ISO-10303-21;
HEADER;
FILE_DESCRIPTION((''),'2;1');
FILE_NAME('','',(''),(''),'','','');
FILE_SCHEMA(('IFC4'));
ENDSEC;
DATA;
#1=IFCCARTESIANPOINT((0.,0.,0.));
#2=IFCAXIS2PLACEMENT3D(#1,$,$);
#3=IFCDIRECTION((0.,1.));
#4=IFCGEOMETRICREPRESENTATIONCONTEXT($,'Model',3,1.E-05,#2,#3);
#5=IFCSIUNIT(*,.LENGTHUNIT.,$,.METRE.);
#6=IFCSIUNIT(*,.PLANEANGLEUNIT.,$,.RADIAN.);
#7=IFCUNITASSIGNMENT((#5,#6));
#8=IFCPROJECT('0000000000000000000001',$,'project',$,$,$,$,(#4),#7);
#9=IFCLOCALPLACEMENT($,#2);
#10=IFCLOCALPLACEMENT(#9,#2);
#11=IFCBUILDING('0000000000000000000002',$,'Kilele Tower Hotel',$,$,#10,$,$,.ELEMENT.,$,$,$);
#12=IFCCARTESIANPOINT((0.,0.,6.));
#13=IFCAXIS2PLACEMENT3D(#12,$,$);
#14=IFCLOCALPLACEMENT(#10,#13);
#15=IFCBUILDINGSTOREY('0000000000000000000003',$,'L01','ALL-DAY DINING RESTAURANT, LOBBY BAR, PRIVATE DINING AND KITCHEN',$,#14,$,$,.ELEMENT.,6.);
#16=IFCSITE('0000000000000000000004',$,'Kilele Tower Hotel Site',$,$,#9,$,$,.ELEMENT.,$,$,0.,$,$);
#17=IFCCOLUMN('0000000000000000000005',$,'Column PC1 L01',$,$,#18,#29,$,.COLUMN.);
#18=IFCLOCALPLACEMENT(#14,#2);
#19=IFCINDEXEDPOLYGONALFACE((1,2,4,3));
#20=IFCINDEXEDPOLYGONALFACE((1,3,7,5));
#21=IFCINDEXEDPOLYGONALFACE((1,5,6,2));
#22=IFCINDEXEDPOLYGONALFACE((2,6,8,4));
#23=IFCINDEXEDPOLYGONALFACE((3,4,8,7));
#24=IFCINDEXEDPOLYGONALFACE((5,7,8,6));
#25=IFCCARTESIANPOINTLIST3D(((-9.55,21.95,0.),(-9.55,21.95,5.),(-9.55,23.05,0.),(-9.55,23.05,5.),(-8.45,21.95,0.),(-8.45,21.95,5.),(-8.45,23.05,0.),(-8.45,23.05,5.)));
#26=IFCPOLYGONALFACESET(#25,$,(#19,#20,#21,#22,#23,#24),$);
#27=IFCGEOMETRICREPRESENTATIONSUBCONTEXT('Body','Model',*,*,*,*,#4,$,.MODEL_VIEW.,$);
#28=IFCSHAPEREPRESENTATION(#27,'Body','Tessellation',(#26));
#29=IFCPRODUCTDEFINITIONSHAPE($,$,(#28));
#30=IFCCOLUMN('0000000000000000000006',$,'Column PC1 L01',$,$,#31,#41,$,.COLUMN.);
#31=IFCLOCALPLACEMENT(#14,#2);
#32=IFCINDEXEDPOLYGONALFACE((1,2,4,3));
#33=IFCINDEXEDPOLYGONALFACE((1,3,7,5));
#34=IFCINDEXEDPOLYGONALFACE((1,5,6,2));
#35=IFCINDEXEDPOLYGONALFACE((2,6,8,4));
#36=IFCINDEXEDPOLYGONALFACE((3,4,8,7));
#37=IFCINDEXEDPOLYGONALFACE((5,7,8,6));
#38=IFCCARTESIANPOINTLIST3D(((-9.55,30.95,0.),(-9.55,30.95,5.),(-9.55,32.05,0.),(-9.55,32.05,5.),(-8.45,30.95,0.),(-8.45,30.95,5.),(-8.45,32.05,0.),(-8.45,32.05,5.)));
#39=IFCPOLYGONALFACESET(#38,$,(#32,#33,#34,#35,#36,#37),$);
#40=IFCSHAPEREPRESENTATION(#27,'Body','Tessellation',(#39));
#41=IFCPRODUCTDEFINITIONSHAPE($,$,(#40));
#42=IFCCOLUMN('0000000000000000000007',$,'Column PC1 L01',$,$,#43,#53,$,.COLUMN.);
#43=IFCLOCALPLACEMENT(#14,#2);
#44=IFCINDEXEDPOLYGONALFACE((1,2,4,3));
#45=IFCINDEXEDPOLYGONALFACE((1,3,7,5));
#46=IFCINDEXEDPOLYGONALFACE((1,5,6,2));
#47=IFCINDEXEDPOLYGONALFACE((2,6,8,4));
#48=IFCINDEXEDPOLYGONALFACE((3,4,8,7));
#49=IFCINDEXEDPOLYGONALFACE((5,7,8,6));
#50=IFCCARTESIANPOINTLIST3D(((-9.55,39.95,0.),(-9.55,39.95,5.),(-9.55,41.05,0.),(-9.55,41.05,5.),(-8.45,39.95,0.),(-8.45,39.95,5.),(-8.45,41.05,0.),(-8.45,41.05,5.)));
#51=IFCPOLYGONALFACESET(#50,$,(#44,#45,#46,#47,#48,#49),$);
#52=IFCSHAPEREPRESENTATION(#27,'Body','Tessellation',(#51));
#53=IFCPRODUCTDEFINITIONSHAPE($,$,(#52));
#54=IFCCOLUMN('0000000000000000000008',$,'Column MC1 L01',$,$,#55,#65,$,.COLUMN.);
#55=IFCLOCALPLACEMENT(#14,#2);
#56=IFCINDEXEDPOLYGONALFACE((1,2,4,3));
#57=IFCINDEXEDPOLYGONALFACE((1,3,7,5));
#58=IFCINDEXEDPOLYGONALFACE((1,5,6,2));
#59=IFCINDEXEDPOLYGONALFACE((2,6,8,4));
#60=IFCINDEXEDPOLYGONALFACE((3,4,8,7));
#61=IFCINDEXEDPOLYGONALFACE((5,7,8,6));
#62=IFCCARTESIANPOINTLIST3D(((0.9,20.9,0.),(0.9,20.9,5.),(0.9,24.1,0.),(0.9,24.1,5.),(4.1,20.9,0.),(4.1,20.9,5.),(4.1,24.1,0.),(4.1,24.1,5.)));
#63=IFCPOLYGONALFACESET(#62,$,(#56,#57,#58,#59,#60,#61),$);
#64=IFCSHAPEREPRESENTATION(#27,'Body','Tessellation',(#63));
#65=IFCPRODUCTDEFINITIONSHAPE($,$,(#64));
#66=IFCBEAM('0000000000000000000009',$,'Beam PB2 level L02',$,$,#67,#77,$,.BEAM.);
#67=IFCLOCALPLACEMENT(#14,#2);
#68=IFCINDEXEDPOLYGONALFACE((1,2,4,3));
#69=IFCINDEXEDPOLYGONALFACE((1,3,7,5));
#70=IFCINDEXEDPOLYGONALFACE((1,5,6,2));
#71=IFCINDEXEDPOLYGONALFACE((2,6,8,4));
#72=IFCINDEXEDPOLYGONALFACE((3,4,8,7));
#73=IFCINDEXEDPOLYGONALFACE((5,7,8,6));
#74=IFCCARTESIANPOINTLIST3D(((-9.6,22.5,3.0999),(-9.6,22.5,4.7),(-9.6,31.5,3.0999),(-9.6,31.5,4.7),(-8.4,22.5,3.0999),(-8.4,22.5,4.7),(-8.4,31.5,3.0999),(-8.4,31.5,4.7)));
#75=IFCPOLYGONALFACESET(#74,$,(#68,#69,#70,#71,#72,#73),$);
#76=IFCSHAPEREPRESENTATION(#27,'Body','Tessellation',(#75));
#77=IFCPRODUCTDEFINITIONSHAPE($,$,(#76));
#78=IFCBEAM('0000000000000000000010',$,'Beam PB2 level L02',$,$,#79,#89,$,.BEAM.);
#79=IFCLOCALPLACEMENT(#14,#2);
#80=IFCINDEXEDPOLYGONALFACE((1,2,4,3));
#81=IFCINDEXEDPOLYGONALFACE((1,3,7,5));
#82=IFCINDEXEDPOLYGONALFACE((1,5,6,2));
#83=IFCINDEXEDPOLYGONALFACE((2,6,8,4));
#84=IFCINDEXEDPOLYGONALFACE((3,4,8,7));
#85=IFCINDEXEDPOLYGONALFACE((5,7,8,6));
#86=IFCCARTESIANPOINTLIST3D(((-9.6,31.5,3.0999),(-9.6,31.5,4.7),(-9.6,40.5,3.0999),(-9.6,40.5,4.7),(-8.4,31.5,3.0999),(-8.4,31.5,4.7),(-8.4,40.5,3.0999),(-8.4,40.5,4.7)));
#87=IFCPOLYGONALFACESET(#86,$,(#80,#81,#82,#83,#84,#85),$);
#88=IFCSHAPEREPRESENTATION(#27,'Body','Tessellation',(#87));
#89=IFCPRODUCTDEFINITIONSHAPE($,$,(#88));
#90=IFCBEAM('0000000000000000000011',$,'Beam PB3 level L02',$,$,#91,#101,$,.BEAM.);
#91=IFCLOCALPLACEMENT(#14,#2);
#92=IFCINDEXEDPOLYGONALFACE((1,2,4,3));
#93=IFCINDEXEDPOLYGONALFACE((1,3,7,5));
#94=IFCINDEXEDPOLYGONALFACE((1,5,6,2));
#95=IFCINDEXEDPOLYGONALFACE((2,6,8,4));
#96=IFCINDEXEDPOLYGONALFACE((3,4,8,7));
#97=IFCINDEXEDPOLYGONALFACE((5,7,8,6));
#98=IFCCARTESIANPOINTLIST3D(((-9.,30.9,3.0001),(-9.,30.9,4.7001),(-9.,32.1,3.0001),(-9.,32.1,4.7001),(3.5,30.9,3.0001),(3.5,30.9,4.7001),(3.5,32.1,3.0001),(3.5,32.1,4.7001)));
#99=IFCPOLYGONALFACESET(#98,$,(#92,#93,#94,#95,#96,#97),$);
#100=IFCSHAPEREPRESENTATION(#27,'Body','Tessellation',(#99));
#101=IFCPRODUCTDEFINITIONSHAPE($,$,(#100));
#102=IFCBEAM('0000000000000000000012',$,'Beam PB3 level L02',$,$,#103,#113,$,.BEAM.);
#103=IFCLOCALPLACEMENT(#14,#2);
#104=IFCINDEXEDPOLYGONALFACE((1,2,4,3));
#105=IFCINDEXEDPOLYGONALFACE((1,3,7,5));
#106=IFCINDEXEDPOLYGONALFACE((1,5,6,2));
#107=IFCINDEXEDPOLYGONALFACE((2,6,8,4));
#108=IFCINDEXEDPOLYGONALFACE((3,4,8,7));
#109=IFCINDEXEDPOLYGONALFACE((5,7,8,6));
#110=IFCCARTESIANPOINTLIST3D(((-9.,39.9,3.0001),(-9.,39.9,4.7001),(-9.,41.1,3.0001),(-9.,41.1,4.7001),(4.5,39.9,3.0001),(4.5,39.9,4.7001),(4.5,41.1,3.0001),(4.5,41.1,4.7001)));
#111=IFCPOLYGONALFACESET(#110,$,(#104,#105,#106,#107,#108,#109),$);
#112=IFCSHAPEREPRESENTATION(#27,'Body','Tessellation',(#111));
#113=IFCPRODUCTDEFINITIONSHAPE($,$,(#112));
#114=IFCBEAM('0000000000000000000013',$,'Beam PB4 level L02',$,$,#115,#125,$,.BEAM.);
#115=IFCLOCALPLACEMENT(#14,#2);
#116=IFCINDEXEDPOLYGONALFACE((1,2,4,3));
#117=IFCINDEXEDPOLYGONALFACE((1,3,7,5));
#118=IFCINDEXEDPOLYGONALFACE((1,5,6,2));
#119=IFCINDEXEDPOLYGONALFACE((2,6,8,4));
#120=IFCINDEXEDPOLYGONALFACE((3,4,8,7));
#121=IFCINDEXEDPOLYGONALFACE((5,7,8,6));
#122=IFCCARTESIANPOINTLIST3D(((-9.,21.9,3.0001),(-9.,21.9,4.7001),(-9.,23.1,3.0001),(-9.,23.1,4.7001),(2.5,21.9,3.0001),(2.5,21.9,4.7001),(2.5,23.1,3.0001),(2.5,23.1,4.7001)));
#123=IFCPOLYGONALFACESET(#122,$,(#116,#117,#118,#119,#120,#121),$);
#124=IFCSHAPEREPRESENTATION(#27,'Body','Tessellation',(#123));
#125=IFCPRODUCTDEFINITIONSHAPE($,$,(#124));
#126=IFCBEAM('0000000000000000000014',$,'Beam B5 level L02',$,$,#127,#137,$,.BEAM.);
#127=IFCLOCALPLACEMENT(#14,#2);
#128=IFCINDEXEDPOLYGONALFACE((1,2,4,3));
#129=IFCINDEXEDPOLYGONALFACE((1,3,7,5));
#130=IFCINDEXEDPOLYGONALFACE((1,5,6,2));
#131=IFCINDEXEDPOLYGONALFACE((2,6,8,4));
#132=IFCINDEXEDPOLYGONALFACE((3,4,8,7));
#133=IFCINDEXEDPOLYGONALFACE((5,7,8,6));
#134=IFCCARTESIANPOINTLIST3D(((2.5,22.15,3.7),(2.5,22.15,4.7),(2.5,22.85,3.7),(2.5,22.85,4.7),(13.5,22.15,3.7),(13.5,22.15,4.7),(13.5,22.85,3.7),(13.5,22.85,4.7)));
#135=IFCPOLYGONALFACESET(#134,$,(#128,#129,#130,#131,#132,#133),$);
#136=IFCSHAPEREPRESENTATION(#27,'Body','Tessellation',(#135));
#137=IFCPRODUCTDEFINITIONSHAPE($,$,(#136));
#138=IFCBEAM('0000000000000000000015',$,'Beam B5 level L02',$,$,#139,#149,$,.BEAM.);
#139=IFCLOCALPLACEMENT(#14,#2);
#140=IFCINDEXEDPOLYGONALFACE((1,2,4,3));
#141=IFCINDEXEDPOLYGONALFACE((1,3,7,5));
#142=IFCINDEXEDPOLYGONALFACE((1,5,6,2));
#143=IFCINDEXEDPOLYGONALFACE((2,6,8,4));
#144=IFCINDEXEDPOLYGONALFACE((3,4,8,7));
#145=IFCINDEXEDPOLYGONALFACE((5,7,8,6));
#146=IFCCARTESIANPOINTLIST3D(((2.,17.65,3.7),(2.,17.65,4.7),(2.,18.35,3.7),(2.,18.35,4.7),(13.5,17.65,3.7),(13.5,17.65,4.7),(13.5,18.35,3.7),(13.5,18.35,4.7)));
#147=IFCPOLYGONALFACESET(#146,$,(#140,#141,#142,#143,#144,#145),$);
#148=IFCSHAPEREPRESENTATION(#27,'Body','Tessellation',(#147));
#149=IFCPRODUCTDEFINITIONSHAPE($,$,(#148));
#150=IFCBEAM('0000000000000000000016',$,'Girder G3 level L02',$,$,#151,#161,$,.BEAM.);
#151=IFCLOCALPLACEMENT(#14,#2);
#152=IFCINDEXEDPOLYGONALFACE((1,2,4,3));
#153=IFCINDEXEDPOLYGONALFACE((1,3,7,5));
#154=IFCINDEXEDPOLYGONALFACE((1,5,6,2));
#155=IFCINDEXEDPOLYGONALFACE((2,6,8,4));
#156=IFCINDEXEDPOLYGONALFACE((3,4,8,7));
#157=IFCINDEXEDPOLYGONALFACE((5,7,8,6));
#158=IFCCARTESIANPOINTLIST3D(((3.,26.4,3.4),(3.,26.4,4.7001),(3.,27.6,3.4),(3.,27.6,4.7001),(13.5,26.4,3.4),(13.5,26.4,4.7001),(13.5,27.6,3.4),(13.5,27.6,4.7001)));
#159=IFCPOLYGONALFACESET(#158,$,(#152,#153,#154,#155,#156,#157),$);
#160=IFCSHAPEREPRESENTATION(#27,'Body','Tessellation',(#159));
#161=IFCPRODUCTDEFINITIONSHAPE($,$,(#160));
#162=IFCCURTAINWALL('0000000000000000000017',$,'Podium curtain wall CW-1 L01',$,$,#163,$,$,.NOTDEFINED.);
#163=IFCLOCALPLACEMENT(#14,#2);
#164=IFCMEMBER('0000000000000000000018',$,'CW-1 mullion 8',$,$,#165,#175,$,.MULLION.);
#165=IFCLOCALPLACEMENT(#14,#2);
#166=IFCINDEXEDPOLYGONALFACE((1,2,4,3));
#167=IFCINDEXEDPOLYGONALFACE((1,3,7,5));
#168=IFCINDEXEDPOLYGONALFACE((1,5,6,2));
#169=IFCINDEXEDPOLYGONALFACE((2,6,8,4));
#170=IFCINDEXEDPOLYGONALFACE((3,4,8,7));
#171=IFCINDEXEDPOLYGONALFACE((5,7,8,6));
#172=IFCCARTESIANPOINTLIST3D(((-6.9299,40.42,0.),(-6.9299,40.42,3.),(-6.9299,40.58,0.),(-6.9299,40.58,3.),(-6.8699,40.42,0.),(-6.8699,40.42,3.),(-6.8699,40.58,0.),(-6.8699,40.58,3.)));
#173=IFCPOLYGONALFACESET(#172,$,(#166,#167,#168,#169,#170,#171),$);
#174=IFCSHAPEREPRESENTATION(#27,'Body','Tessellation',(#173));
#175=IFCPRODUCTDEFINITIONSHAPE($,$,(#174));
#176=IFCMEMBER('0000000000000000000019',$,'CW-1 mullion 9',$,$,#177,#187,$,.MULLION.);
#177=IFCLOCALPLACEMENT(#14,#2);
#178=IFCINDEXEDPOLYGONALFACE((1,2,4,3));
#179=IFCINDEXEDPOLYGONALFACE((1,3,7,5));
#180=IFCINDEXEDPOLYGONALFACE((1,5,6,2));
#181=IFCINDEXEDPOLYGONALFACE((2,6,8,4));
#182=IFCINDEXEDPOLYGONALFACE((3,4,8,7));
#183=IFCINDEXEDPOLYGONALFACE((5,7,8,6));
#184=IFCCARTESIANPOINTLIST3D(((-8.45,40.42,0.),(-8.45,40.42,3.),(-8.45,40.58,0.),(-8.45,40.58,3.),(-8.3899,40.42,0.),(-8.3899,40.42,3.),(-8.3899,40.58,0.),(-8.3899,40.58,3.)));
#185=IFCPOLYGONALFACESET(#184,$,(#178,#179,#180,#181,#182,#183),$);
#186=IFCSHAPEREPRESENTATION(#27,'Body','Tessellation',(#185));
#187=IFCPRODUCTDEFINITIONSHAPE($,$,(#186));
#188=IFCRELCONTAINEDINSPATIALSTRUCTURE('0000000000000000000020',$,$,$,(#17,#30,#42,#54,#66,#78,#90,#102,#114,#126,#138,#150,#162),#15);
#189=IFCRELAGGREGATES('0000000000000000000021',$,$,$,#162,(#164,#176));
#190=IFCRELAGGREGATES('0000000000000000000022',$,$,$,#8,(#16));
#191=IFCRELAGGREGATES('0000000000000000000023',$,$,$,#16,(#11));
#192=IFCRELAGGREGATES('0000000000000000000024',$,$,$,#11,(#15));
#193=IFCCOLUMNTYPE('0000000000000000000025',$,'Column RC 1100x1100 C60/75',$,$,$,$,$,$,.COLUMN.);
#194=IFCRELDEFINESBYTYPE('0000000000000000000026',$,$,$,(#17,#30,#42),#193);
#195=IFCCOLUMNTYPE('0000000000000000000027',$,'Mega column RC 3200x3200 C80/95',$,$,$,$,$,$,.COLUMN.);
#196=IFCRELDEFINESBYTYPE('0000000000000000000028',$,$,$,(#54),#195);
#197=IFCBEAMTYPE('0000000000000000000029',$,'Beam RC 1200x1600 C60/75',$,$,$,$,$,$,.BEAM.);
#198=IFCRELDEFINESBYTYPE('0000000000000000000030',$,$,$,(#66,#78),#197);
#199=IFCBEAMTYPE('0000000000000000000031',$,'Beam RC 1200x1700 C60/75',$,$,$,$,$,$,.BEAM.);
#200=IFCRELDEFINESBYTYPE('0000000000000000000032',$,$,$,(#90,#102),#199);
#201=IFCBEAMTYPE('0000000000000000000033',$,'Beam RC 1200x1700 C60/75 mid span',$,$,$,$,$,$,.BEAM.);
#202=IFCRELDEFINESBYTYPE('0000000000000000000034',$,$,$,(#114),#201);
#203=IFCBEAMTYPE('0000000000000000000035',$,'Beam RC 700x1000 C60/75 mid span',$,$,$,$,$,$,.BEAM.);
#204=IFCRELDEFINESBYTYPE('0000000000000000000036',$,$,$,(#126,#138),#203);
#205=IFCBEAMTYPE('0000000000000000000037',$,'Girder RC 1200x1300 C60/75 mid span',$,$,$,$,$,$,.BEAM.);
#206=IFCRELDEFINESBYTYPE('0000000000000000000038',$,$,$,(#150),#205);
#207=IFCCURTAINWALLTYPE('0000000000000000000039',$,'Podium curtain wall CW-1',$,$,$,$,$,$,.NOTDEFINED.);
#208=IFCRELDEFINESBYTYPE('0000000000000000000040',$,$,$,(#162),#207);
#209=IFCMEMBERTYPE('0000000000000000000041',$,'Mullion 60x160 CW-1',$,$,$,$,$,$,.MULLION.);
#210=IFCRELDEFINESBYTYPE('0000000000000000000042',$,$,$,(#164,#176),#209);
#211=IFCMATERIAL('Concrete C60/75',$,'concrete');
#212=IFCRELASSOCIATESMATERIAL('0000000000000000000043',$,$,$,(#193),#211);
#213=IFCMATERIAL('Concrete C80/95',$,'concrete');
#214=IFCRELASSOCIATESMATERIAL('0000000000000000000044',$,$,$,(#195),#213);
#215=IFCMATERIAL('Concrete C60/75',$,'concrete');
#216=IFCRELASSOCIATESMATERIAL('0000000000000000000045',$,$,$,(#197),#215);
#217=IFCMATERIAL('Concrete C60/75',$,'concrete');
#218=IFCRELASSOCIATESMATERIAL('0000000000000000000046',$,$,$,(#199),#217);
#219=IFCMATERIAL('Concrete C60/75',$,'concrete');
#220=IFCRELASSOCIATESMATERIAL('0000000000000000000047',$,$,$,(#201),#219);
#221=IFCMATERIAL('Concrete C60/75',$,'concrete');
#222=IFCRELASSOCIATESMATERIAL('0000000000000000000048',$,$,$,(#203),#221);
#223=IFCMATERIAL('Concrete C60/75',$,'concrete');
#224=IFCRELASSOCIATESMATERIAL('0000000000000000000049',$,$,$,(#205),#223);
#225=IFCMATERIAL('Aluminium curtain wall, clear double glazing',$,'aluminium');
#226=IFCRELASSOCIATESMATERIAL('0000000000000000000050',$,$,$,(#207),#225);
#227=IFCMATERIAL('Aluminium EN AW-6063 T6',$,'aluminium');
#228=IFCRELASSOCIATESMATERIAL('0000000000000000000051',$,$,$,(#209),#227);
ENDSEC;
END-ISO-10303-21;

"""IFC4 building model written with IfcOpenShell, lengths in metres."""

from ifc_helpers import new_model, si_unit, direction, frame, origin, origin_2d, place, context, subcontext, project, spatial, rectangle, extrude, material, material_profile, profile_set, type_object, element, aggregate, save


model = new_model("IFC4")

# Units and contexts
model_context = context("Model", 3, precision=1e-05, world=origin(), true_north=direction((0.0, 1.0)))
body_context = subcontext(model_context, "Body", "Model", "MODEL_VIEW")
ifc_project = project(units=[si_unit("LENGTHUNIT", "METRE"), si_unit("PLANEANGLEUNIT", "RADIAN")], contexts=[model_context])

# Site, building, storey
site_placement = place(None, origin())
site = spatial("IfcSite", under=ifc_project, at=site_placement, Name="Kilele Tower Hotel Site", CompositionType="ELEMENT", RefElevation=0.0)
building_placement = place(site_placement, origin())
building = spatial("IfcBuilding", under=site, at=building_placement, Name="Kilele Tower Hotel", CompositionType="ELEMENT")
storey_placement = place(building_placement, frame((0.0, 0.0, 6.0)))
storey = spatial("IfcBuildingStorey", under=building, at=storey_placement, Name="L01", Description="ALL-DAY DINING RESTAURANT, LOBBY BAR, PRIVATE DINING AND KITCHEN", CompositionType="ELEMENT", Elevation=6.0)

# Columns
ifc_material_1 = material(Name="Concrete C60/75", Category="concrete")
ifc_material_profile_1 = material_profile(ifc_material_1, rectangle(XDim=1.1001, YDim=1.1001, at=origin_2d()))
ifc_profile_set_1 = profile_set([ifc_material_profile_1], Name="Concrete C60/75")
column_type_1 = type_object("IfcColumnType", Name="Column RC 1100x1100 C60/75", PredefinedType="COLUMN", material=ifc_profile_set_1)
for number, where, z_axis, x_axis, name in (
    (1, (-9.0, 22.5, 0.0), (0.0, 0.0, 1.0), (1.0, 0.0, 0.0), "Column PC1 L01"),
    (2, (-9.0, 31.5, 0.0), (0.0, 0.0, 1.0), (1.0, 0.0, 0.0), "Column PC1 L01"),
    (3, (-9.0, 40.5, 0.0), (0.0, 0.0, 1.0), (1.0, 0.0, 0.0), "Column PC1 L01"),
):
    element("IfcColumn", number, at=place(storey_placement, frame(where, z_axis=z_axis, x_axis=x_axis)), inside=storey, type_object=column_type_1, Name=name, PredefinedType="COLUMN", context=body_context, shape_type="SweptSolid", body=[
        extrude(rectangle(XDim=1.1001, YDim=1.1001, at=origin_2d()), origin(), (0.0, 0.0, 1.0), 5.0),
    ])
ifc_material_2 = material(Name="Concrete C80/95", Category="concrete")
ifc_material_profile_2 = material_profile(ifc_material_2, rectangle(XDim=3.2, YDim=3.2, at=origin_2d()))
ifc_profile_set_2 = profile_set([ifc_material_profile_2], Name="Concrete C80/95")
column_type_2 = type_object("IfcColumnType", Name="Mega column RC 3200x3200 C80/95", PredefinedType="COLUMN", material=ifc_profile_set_2)
column_placement = place(storey_placement, frame((2.5, 22.5, 0.0), z_axis=(0.0, 0.0, 1.0), x_axis=(1.0, 0.0, 0.0)))
element("IfcColumn", 4, at=column_placement, inside=storey, type_object=column_type_2, Name="Column MC1 L01", PredefinedType="COLUMN", context=body_context, shape_type="SweptSolid", body=[
    extrude(rectangle(XDim=3.2, YDim=3.2, at=origin_2d()), origin(), (0.0, 0.0, 1.0), 5.0),
])

# Beams
ifc_material_3 = material(Name="Concrete C60/75", Category="concrete")
ifc_material_profile_3 = material_profile(ifc_material_3, rectangle(XDim=1.2, YDim=1.6001, at=origin_2d()))
ifc_profile_set_3 = profile_set([ifc_material_profile_3], Name="Concrete C60/75")
beam_type_1 = type_object("IfcBeamType", Name="Beam RC 1200x1600 C60/75", PredefinedType="BEAM", material=ifc_profile_set_3)
for number, where, z_axis, x_axis, name in (
    (5, (-9.0, 22.5, 3.8999), (0.0, 1.0, 0.0), (-1.0, 0.0, 0.0), "Beam PB2 level L02"),
    (6, (-9.0, 31.5, 3.8999), (0.0, 1.0, 0.0), (-1.0, 0.0, 0.0), "Beam PB2 level L02"),
):
    element("IfcBeam", number, at=place(storey_placement, frame(where, z_axis=z_axis, x_axis=x_axis)), inside=storey, type_object=beam_type_1, Name=name, PredefinedType="BEAM", context=body_context, shape_type="SweptSolid", body=[
        extrude(rectangle(XDim=1.2, YDim=1.6001, at=origin_2d()), origin(), (0.0, 0.0, 1.0), 9.0),
    ])
ifc_material_4 = material(Name="Concrete C60/75", Category="concrete")
ifc_material_profile_4 = material_profile(ifc_material_4, rectangle(XDim=1.2, YDim=1.7, at=origin_2d()))
ifc_profile_set_4 = profile_set([ifc_material_profile_4], Name="Concrete C60/75")
beam_type_2 = type_object("IfcBeamType", Name="Beam RC 1200x1700 C60/75", PredefinedType="BEAM", material=ifc_profile_set_4)
beam_1_placement = place(storey_placement, frame((-9.0, 31.5, 3.8501), z_axis=(1.0, 0.0, 0.0), x_axis=(0.0, 1.0, 0.0)))
element("IfcBeam", 7, at=beam_1_placement, inside=storey, type_object=beam_type_2, Name="Beam PB3 level L02", PredefinedType="BEAM", context=body_context, shape_type="SweptSolid", body=[
    extrude(rectangle(XDim=1.2, YDim=1.7, at=origin_2d()), origin(), (0.0, 0.0, 1.0), 12.5),
])
beam_2_placement = place(storey_placement, frame((-9.0, 40.5, 3.8501), z_axis=(1.0, 0.0, 0.0), x_axis=(0.0, 1.0, 0.0)))
element("IfcBeam", 8, at=beam_2_placement, inside=storey, type_object=beam_type_2, Name="Beam PB3 level L02", PredefinedType="BEAM", context=body_context, shape_type="SweptSolid", body=[
    extrude(rectangle(XDim=1.2, YDim=1.7, at=origin_2d()), origin(), (0.0, 0.0, 1.0), 13.5),
])
ifc_material_5 = material(Name="Concrete C60/75", Category="concrete")
ifc_material_profile_5 = material_profile(ifc_material_5, rectangle(XDim=1.2, YDim=1.7, at=origin_2d()))
ifc_profile_set_5 = profile_set([ifc_material_profile_5], Name="Concrete C60/75")
beam_type_3 = type_object("IfcBeamType", Name="Beam RC 1200x1700 C60/75 mid span", PredefinedType="BEAM", material=ifc_profile_set_5)
beam_3_placement = place(storey_placement, frame((-9.0, 22.5, 3.8501), z_axis=(1.0, 0.0, 0.0), x_axis=(0.0, 1.0, 0.0)))
element("IfcBeam", 9, at=beam_3_placement, inside=storey, type_object=beam_type_3, Name="Beam PB4 level L02", PredefinedType="BEAM", context=body_context, shape_type="SweptSolid", body=[
    extrude(rectangle(XDim=1.2, YDim=1.7, at=origin_2d()), origin(), (0.0, 0.0, 1.0), 11.5),
])
ifc_material_6 = material(Name="Concrete C60/75", Category="concrete")
ifc_material_profile_6 = material_profile(ifc_material_6, rectangle(XDim=0.7, YDim=1.0, at=origin_2d()))
ifc_profile_set_6 = profile_set([ifc_material_profile_6], Name="Concrete C60/75")
beam_type_4 = type_object("IfcBeamType", Name="Beam RC 700x1000 C60/75 mid span", PredefinedType="BEAM", material=ifc_profile_set_6)
beam_4_placement = place(storey_placement, frame((2.5, 22.5, 4.2), z_axis=(1.0, 0.0, 0.0), x_axis=(0.0, 1.0, 0.0)))
element("IfcBeam", 10, at=beam_4_placement, inside=storey, type_object=beam_type_4, Name="Beam B5 level L02", PredefinedType="BEAM", context=body_context, shape_type="SweptSolid", body=[
    extrude(rectangle(XDim=0.7, YDim=1.0, at=origin_2d()), origin(), (0.0, 0.0, 1.0), 11.0),
])
beam_5_placement = place(storey_placement, frame((2.0, 18.0, 4.2), z_axis=(1.0, 0.0, 0.0), x_axis=(0.0, 1.0, 0.0)))
element("IfcBeam", 11, at=beam_5_placement, inside=storey, type_object=beam_type_4, Name="Beam B5 level L02", PredefinedType="BEAM", context=body_context, shape_type="SweptSolid", body=[
    extrude(rectangle(XDim=0.7, YDim=1.0, at=origin_2d()), origin(), (0.0, 0.0, 1.0), 11.5),
])
ifc_material_7 = material(Name="Concrete C60/75", Category="concrete")
ifc_material_profile_7 = material_profile(ifc_material_7, rectangle(XDim=1.2, YDim=1.3, at=origin_2d()))
ifc_profile_set_7 = profile_set([ifc_material_profile_7], Name="Concrete C60/75")
beam_type_5 = type_object("IfcBeamType", Name="Girder RC 1200x1300 C60/75 mid span", PredefinedType="BEAM", material=ifc_profile_set_7)
beam_6_placement = place(storey_placement, frame((3.0, 27.0, 4.05), z_axis=(1.0, 0.0, 0.0), x_axis=(0.0, 1.0, 0.0)))
element("IfcBeam", 12, at=beam_6_placement, inside=storey, type_object=beam_type_5, Name="Girder G3 level L02", PredefinedType="BEAM", context=body_context, shape_type="SweptSolid", body=[
    extrude(rectangle(XDim=1.2, YDim=1.3, at=origin_2d()), origin(), (0.0, 0.0, 1.0), 10.5),
])

# Curtain wall, members
ifc_material_8 = material(Name="Aluminium curtain wall, clear double glazing", Category="aluminium")
curtain_wall_type = type_object("IfcCurtainWallType", Name="Podium curtain wall CW-1", PredefinedType="NOTDEFINED", material=ifc_material_8)
curtain_wall_1_placement = place(storey_placement, origin())
curtain_wall_1 = element("IfcCurtainWall", 13, at=curtain_wall_1_placement, inside=storey, type_object=curtain_wall_type, Name="Podium curtain wall CW-1 L01", PredefinedType="NOTDEFINED")
ifc_material_9 = material(Name="Aluminium EN AW-6063 T6", Category="aluminium")
ifc_material_profile_8 = material_profile(ifc_material_9, rectangle(XDim=0.1599, YDim=0.0601, at=origin_2d()))
ifc_profile_set_8 = profile_set([ifc_material_profile_8], Name="Aluminium EN AW-6063 T6")
member_type_1 = type_object("IfcMemberType", Name="Mullion 60x160 CW-1", PredefinedType="MULLION", material=ifc_profile_set_8)
member_1_placement = place(storey_placement, frame((-6.8999, 40.5, 0.0), z_axis=(0.0, 0.0, 1.0), x_axis=(0.0, -1.0, 0.0)))
member_1 = element("IfcMember", 14, at=member_1_placement, type_object=member_type_1, Name="CW-1 mullion 8", PredefinedType="MULLION", context=body_context, shape_type="SweptSolid", body=[
    extrude(rectangle(XDim=0.1599, YDim=0.0601, at=origin_2d()), origin(), (0.0, 0.0, 1.0), 3.0),
])
member_2_placement = place(storey_placement, frame((-8.4199, 40.5, 0.0), z_axis=(0.0, 0.0, 1.0), x_axis=(0.0, -1.0, 0.0)))
member_2 = element("IfcMember", 15, at=member_2_placement, type_object=member_type_1, Name="CW-1 mullion 9", PredefinedType="MULLION", context=body_context, shape_type="SweptSolid", body=[
    extrude(rectangle(XDim=0.1599, YDim=0.0601, at=origin_2d()), origin(), (0.0, 0.0, 1.0), 3.0),
])

aggregate(curtain_wall_1, [member_1, member_2])

save(model, "model.ifc")
